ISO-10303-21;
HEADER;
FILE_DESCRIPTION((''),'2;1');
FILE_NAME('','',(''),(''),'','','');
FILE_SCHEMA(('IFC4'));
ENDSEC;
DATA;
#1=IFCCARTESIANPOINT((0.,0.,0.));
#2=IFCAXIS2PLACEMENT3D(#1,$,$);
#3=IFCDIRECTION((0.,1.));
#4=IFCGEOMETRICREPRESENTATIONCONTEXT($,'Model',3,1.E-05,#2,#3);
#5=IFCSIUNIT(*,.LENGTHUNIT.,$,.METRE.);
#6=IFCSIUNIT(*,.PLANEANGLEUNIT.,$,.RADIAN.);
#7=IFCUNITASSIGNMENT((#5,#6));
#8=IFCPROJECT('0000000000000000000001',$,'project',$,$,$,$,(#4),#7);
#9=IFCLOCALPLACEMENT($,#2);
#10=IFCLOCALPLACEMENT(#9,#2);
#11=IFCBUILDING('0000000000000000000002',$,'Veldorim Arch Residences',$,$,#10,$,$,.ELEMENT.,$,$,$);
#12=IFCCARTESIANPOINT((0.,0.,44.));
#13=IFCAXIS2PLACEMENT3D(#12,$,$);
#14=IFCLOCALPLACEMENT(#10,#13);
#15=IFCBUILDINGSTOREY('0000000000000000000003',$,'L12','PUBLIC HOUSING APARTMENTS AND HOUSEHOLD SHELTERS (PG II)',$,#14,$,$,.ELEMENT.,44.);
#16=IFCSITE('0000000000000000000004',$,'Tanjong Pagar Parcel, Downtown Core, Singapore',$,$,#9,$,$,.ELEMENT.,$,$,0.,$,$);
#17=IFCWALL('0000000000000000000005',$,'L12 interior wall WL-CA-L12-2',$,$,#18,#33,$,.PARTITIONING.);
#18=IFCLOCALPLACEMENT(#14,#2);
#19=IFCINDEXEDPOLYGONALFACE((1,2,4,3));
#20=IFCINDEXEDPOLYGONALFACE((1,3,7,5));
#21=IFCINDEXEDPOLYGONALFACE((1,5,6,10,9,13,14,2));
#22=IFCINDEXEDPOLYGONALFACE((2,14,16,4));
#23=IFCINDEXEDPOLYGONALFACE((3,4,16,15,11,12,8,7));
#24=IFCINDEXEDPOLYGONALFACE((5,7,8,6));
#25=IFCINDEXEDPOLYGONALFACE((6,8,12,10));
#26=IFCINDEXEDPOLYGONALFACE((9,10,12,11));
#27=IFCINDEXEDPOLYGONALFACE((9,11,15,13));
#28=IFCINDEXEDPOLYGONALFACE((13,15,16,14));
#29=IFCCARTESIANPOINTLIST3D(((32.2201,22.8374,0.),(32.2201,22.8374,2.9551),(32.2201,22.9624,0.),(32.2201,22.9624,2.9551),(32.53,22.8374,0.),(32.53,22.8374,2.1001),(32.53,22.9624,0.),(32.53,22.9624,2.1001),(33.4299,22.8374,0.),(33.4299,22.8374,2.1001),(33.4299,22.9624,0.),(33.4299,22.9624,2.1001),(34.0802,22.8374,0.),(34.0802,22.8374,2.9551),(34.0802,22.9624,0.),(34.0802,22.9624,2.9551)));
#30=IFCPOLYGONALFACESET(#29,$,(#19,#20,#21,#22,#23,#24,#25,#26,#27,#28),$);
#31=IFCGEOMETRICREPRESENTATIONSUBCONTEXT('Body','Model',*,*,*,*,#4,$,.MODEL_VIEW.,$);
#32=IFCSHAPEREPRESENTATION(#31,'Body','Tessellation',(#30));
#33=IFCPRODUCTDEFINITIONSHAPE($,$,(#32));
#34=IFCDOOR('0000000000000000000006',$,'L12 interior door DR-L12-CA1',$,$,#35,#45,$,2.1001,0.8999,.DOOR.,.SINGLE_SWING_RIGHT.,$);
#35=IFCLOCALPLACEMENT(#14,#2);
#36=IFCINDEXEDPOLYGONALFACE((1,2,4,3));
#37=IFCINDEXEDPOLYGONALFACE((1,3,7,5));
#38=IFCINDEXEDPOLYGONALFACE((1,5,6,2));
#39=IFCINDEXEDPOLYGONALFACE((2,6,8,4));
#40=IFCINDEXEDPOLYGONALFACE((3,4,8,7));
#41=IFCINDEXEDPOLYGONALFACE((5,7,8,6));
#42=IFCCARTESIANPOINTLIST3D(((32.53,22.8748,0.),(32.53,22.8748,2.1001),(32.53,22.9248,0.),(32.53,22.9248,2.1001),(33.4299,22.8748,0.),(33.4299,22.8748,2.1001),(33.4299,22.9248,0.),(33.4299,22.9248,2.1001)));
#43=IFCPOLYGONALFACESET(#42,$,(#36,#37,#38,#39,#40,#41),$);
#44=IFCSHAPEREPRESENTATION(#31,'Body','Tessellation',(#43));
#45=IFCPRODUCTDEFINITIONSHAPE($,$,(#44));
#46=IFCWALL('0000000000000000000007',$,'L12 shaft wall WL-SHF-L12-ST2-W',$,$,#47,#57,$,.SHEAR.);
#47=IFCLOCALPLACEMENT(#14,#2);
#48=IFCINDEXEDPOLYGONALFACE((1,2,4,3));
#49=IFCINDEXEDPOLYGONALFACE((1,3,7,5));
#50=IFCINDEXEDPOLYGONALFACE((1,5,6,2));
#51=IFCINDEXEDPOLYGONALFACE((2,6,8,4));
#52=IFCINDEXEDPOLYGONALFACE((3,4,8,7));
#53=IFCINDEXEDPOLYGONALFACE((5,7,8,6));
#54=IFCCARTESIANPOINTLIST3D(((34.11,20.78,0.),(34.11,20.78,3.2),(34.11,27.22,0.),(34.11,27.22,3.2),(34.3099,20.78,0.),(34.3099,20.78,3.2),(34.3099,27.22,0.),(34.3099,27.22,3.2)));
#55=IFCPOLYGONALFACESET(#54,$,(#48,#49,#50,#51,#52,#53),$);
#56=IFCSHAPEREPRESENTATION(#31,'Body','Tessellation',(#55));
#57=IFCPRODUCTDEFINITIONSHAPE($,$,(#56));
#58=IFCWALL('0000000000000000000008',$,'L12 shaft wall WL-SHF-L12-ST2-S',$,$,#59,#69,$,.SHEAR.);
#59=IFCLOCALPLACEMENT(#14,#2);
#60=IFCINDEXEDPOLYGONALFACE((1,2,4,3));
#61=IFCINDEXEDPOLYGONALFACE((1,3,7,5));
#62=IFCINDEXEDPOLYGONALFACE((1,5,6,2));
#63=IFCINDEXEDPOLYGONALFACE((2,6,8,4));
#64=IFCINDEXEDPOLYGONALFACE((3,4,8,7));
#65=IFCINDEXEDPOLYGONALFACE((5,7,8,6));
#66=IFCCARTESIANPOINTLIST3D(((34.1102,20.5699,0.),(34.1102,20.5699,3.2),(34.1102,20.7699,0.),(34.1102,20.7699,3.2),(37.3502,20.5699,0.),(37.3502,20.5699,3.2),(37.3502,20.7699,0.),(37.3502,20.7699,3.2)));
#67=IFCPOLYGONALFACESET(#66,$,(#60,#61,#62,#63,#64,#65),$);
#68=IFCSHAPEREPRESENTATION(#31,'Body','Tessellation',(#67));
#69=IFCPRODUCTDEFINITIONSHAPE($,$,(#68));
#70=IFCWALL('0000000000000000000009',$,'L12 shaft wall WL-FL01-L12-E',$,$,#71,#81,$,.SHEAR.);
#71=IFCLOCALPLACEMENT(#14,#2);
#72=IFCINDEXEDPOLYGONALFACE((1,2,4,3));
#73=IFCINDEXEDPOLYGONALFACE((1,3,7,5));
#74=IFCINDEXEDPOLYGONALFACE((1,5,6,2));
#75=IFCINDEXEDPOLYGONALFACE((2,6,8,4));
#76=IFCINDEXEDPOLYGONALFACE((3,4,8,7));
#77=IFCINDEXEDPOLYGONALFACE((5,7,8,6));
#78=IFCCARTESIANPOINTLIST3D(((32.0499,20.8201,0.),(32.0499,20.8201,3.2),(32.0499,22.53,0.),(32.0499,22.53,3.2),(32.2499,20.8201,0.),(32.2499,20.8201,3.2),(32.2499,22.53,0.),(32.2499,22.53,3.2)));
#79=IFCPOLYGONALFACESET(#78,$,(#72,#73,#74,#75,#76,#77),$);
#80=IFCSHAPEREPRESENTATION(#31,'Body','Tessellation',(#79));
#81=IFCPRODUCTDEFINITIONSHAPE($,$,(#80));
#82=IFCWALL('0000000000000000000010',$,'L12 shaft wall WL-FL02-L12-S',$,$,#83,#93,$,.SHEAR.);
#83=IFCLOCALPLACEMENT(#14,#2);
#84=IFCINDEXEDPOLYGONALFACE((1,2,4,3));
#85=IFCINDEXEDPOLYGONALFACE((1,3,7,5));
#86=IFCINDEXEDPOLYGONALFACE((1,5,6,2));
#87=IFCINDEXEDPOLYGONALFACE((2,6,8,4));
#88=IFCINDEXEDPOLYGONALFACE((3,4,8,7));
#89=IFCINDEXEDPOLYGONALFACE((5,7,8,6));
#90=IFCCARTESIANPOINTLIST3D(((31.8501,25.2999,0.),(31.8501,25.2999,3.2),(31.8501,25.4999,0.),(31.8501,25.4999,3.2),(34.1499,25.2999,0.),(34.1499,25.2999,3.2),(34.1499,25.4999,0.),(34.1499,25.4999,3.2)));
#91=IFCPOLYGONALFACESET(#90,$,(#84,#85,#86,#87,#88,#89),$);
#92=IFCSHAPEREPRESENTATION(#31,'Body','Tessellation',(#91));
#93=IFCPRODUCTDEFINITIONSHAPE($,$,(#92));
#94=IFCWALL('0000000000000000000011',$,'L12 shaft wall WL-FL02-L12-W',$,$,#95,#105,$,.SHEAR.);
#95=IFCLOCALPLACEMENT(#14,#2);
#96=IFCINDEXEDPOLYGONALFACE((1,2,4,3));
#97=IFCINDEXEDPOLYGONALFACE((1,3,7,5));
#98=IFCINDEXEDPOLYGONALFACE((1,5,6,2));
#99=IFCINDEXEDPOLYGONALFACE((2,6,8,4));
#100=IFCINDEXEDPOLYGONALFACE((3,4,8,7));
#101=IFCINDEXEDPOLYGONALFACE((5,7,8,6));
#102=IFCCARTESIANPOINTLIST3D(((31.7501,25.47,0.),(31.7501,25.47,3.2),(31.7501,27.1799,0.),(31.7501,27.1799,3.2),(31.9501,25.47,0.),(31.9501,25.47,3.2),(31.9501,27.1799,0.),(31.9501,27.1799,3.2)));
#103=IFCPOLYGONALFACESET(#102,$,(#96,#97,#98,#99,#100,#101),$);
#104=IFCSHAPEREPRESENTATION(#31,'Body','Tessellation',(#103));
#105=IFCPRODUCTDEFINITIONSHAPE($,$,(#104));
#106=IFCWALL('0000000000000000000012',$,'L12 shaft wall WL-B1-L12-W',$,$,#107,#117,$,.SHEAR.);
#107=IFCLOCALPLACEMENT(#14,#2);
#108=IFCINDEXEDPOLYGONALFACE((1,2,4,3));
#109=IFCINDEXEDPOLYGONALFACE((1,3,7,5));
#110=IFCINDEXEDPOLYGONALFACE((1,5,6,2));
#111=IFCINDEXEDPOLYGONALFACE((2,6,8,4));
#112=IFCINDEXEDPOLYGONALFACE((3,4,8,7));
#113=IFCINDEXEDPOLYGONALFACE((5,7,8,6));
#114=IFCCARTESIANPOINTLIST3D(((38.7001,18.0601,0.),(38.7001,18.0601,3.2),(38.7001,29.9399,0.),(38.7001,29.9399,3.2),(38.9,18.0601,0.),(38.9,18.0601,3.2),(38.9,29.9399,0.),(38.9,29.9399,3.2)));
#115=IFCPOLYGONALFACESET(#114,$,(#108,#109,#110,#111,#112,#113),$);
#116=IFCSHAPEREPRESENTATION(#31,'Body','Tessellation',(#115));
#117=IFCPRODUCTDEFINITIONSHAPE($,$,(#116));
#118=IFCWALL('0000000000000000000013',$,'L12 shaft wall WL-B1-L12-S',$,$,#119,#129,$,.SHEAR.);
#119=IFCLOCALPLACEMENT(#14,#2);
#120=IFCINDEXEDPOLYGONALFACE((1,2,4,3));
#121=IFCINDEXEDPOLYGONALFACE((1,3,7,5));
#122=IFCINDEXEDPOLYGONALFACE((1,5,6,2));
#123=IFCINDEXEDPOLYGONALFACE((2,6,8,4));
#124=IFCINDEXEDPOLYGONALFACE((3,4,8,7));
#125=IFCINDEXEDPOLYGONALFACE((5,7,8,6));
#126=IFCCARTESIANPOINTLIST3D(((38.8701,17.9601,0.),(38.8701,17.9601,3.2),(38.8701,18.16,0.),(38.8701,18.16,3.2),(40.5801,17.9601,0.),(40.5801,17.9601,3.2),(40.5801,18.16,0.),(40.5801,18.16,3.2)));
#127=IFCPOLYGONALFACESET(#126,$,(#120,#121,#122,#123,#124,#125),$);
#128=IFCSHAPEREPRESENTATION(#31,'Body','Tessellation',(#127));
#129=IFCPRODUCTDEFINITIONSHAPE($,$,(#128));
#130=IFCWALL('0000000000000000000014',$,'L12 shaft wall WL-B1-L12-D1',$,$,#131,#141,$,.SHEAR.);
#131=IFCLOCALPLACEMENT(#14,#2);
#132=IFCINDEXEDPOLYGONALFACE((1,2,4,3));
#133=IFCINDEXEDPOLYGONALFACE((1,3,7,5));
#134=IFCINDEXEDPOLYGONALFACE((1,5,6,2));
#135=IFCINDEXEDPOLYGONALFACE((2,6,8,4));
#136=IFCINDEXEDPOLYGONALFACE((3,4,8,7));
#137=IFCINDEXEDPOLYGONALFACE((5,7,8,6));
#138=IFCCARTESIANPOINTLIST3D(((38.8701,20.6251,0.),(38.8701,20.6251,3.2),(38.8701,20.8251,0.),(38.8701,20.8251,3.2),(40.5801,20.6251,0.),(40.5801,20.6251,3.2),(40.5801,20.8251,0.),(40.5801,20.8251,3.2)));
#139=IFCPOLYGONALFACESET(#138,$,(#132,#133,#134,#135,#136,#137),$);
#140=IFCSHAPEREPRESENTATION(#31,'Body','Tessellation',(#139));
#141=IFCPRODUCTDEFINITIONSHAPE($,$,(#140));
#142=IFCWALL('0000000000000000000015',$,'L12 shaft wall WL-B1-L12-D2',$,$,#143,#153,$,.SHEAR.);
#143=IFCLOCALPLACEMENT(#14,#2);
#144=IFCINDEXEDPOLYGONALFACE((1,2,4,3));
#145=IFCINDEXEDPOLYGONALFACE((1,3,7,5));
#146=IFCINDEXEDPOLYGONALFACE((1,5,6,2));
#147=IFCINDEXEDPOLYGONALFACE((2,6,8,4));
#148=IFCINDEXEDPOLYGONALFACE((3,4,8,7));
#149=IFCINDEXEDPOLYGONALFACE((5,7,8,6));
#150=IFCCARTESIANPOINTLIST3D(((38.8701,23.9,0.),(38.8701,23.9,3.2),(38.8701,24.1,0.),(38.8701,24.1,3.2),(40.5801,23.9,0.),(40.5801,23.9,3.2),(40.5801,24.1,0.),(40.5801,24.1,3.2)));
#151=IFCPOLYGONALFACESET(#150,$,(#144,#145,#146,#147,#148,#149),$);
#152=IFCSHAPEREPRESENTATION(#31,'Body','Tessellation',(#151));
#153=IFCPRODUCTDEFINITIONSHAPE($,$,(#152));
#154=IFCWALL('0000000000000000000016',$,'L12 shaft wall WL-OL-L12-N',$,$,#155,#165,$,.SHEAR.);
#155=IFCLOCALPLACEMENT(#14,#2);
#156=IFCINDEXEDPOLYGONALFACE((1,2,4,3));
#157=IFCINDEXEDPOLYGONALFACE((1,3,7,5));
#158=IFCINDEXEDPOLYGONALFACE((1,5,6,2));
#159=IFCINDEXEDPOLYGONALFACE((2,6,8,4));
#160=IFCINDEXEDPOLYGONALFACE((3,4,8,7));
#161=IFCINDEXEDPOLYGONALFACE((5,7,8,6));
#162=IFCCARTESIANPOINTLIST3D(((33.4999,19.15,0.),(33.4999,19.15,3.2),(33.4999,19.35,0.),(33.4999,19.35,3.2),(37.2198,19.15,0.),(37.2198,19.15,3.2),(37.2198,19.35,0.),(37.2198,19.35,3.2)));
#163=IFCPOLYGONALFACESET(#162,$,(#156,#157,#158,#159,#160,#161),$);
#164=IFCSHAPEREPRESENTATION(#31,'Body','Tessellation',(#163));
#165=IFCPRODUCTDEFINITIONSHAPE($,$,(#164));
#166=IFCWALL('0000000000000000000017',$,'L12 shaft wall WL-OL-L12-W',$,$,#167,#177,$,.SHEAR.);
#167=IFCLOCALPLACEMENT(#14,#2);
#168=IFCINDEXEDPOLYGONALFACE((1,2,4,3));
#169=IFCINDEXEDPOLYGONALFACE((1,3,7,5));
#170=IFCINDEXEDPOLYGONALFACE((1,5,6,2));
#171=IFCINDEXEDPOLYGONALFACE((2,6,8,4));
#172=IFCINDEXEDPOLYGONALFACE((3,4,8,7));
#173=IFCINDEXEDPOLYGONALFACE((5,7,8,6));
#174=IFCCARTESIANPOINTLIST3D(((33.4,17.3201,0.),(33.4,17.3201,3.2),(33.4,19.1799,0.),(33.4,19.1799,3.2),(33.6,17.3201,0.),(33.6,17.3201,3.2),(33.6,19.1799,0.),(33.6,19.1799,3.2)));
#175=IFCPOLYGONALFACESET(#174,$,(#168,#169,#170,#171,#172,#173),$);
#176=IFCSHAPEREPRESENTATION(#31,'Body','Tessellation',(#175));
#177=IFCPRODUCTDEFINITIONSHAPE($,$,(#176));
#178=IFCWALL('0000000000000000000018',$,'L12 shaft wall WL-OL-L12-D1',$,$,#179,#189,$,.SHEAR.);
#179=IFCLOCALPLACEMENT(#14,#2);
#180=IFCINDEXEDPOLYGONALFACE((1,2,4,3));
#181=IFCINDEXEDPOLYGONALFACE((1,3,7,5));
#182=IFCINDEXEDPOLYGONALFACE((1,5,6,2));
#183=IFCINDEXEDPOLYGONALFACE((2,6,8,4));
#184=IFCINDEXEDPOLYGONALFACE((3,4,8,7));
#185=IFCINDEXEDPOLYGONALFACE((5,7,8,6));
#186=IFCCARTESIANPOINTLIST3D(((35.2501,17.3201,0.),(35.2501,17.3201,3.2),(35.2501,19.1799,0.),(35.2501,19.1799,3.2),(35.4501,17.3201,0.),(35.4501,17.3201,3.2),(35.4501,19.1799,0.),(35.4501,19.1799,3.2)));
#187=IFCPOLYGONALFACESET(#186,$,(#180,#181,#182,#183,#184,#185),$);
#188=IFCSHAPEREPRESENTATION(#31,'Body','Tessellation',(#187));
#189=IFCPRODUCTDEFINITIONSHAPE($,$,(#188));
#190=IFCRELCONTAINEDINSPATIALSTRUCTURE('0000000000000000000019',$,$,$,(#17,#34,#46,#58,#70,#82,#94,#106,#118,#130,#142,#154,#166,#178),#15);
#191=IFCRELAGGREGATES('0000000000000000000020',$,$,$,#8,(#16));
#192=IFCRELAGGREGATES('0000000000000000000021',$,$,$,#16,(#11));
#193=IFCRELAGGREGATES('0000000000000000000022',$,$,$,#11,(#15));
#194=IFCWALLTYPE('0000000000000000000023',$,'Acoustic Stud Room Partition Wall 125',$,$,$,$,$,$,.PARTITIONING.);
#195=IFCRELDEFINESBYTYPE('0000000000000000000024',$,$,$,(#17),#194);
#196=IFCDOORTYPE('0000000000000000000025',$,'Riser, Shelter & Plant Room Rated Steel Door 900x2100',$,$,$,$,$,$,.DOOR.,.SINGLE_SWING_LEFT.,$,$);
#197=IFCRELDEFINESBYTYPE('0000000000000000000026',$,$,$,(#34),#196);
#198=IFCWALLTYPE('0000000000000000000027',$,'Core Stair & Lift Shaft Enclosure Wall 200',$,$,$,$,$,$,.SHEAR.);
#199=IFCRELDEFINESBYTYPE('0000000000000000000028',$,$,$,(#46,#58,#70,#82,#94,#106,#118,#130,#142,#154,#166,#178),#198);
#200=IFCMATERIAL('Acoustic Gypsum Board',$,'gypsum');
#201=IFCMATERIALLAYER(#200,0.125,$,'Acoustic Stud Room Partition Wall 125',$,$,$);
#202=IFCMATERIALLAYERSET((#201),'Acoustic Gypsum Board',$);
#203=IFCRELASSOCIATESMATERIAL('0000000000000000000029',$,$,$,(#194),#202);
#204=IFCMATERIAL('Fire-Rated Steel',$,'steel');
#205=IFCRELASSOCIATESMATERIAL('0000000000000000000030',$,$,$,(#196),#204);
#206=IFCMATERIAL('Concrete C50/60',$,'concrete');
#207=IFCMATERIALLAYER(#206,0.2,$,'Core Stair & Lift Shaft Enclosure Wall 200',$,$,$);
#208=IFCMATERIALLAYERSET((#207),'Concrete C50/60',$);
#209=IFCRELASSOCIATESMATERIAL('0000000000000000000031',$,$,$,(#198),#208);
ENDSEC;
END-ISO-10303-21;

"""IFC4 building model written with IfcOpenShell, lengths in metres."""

from ifc_helpers import new_model, si_unit, direction, frame, frame_2d, origin, place, context, subcontext, project, spatial, rectangle, extrude, material, layer, layer_set, type_object, element, fill, save


model = new_model("IFC4")

# Units and contexts
model_context = context("Model", 3, precision=1e-05, world=origin(), true_north=direction((0.0, 1.0)))
body_context = subcontext(model_context, "Body", "Model", "MODEL_VIEW")
ifc_project = project(units=[si_unit("LENGTHUNIT", "METRE"), si_unit("PLANEANGLEUNIT", "RADIAN")], contexts=[model_context])

# Site, building, storey
site_placement = place(None, origin())
site = spatial("IfcSite", under=ifc_project, at=site_placement, Name="Tanjong Pagar Parcel, Downtown Core, Singapore", CompositionType="ELEMENT", RefElevation=0.0)
building_placement = place(site_placement, origin())
building = spatial("IfcBuilding", under=site, at=building_placement, Name="Veldorim Arch Residences", CompositionType="ELEMENT")
storey_placement = place(building_placement, frame((0.0, 0.0, 44.0)))
storey = spatial("IfcBuildingStorey", under=building, at=storey_placement, Name="L12", Description="PUBLIC HOUSING APARTMENTS AND HOUSEHOLD SHELTERS (PG II)", CompositionType="ELEMENT", Elevation=44.0)

# Wall, opening, door
ifc_material_1 = material(Name="Acoustic Gypsum Board", Category="gypsum")
ifc_layer_1 = layer(ifc_material_1, 0.125, Name="Acoustic Stud Room Partition Wall 125")
ifc_layer_set_1 = layer_set([ifc_layer_1], Name="Acoustic Gypsum Board")
wall_type_1 = type_object("IfcWallType", Name="Acoustic Stud Room Partition Wall 125", PredefinedType="PARTITIONING", material=ifc_layer_set_1)
wall_1_placement = place(storey_placement, frame((32.22, 22.8999, 0.0), z_axis=(0.0, 0.0, 1.0), x_axis=(1.0, 0.0, 0.0)))
wall_1 = element("IfcWall", 1, at=wall_1_placement, inside=storey, type_object=wall_type_1, Name="L12 interior wall WL-CA-L12-2", PredefinedType="PARTITIONING", context=body_context, shape_type="SweptSolid", body=[
    extrude(rectangle(XDim=1.8601, YDim=0.125, at=frame_2d((0.9302, 0.0))), origin(), (0.0, 0.0, 1.0), 2.9551),
])
opening_placement = place(wall_1_placement, frame((0.3101, 0.0, 0.0)))
opening = element("IfcOpeningElement", 2, at=opening_placement, cuts=wall_1, PredefinedType="OPENING", context=body_context, shape_type="SweptSolid", body=[
    extrude(rectangle(XDim=0.8999, YDim=2.1001, at=frame_2d((0.45, 1.05))), frame((0.0, 0.0725, 0.0), z_axis=(0.0, -1.0, 0.0), x_axis=(1.0, 0.0, 0.0)), (0.0, 0.0, 1.0), 0.145),
])
ifc_material_2 = material(Name="Fire-Rated Steel", Category="steel")
door_type = type_object("IfcDoorType", Name="Riser, Shelter & Plant Room Rated Steel Door 900x2100", OperationType="SINGLE_SWING_LEFT", PredefinedType="DOOR", material=ifc_material_2)
door_placement = place(opening_placement, origin())
door = element("IfcDoor", 3, at=door_placement, inside=storey, type_object=door_type, Name="L12 interior door DR-L12-CA1", OperationType="SINGLE_SWING_RIGHT", OverallHeight=2.1001, OverallWidth=0.8999, PredefinedType="DOOR", context=body_context, shape_type="SweptSolid", body=[
    extrude(rectangle(XDim=0.8999, YDim=2.1001, at=frame_2d((0.45, 1.05))), frame((0.0, 0.0249, 0.0), z_axis=(0.0, -1.0, 0.0), x_axis=(1.0, 0.0, 0.0)), (0.0, 0.0, 1.0), 0.05),
])
fill(opening, door)

# Walls
ifc_material_3 = material(Name="Concrete C50/60", Category="concrete")
ifc_layer_2 = layer(ifc_material_3, 0.2, Name="Core Stair & Lift Shaft Enclosure Wall 200")
ifc_layer_set_2 = layer_set([ifc_layer_2], Name="Concrete C50/60")
wall_type_2 = type_object("IfcWallType", Name="Core Stair & Lift Shaft Enclosure Wall 200", PredefinedType="SHEAR", material=ifc_layer_set_2)
wall_2_placement = place(storey_placement, frame((34.21, 20.78, 0.0), z_axis=(0.0, 0.0, 1.0), x_axis=(0.0, 1.0, 0.0)))
element("IfcWall", 4, at=wall_2_placement, inside=storey, type_object=wall_type_2, Name="L12 shaft wall WL-SHF-L12-ST2-W", PredefinedType="SHEAR", context=body_context, shape_type="SweptSolid", body=[
    extrude(rectangle(XDim=6.4399, YDim=0.2, at=frame_2d((3.22, 0.0))), origin(), (0.0, 0.0, 1.0), 3.2),
])
wall_3_placement = place(storey_placement, frame((34.1101, 20.6699, 0.0), z_axis=(0.0, 0.0, 1.0), x_axis=(1.0, 0.0, 0.0)))
element("IfcWall", 5, at=wall_3_placement, inside=storey, type_object=wall_type_2, Name="L12 shaft wall WL-SHF-L12-ST2-S", PredefinedType="SHEAR", context=body_context, shape_type="SweptSolid", body=[
    extrude(rectangle(XDim=3.24, YDim=0.2, at=frame_2d((1.6201, 0.0))), origin(), (0.0, 0.0, 1.0), 3.2),
])
wall_4_placement = place(storey_placement, frame((32.1499, 20.8201, 0.0), z_axis=(0.0, 0.0, 1.0), x_axis=(0.0, 1.0, 0.0)))
element("IfcWall", 6, at=wall_4_placement, inside=storey, type_object=wall_type_2, Name="L12 shaft wall WL-FL01-L12-E", PredefinedType="SHEAR", context=body_context, shape_type="SweptSolid", body=[
    extrude(rectangle(XDim=1.71, YDim=0.2, at=frame_2d((0.855, 0.0))), origin(), (0.0, 0.0, 1.0), 3.2),
])
wall_5_placement = place(storey_placement, frame((31.8501, 25.3999, 0.0), z_axis=(0.0, 0.0, 1.0), x_axis=(1.0, 0.0, 0.0)))
element("IfcWall", 7, at=wall_5_placement, inside=storey, type_object=wall_type_2, Name="L12 shaft wall WL-FL02-L12-S", PredefinedType="SHEAR", context=body_context, shape_type="SweptSolid", body=[
    extrude(rectangle(XDim=2.2998, YDim=0.2, at=frame_2d((1.1499, 0.0))), origin(), (0.0, 0.0, 1.0), 3.2),
])
wall_6_placement = place(storey_placement, frame((31.8501, 25.47, 0.0), z_axis=(0.0, 0.0, 1.0), x_axis=(0.0, 1.0, 0.0)))
element("IfcWall", 8, at=wall_6_placement, inside=storey, type_object=wall_type_2, Name="L12 shaft wall WL-FL02-L12-W", PredefinedType="SHEAR", context=body_context, shape_type="SweptSolid", body=[
    extrude(rectangle(XDim=1.71, YDim=0.2, at=frame_2d((0.855, 0.0))), origin(), (0.0, 0.0, 1.0), 3.2),
])
wall_7_placement = place(storey_placement, frame((38.8, 18.0601, 0.0), z_axis=(0.0, 0.0, 1.0), x_axis=(0.0, 1.0, 0.0)))
element("IfcWall", 9, at=wall_7_placement, inside=storey, type_object=wall_type_2, Name="L12 shaft wall WL-B1-L12-W", PredefinedType="SHEAR", context=body_context, shape_type="SweptSolid", body=[
    extrude(rectangle(XDim=11.8799, YDim=0.2, at=frame_2d((5.9399, 0.0))), origin(), (0.0, 0.0, 1.0), 3.2),
])
for number, where, z_axis, x_axis, name in (
    (10, (38.8701, 18.0601, 0.0), (0.0, 0.0, 1.0), (1.0, 0.0, 0.0), "L12 shaft wall WL-B1-L12-S"),
    (11, (38.8701, 20.7251, 0.0), (0.0, 0.0, 1.0), (1.0, 0.0, 0.0), "L12 shaft wall WL-B1-L12-D1"),
    (12, (38.8701, 24.0, 0.0), (0.0, 0.0, 1.0), (1.0, 0.0, 0.0), "L12 shaft wall WL-B1-L12-D2"),
):
    element("IfcWall", number, at=place(storey_placement, frame(where, z_axis=z_axis, x_axis=x_axis)), inside=storey, type_object=wall_type_2, Name=name, PredefinedType="SHEAR", context=body_context, shape_type="SweptSolid", body=[
        extrude(rectangle(XDim=1.71, YDim=0.2, at=frame_2d((0.855, 0.0))), origin(), (0.0, 0.0, 1.0), 3.2),
    ])
wall_8_placement = place(storey_placement, frame((33.5, 19.25, 0.0), z_axis=(0.0, 0.0, 1.0), x_axis=(1.0, 0.0, 0.0)))
element("IfcWall", 13, at=wall_8_placement, inside=storey, type_object=wall_type_2, Name="L12 shaft wall WL-OL-L12-N", PredefinedType="SHEAR", context=body_context, shape_type="SweptSolid", body=[
    extrude(rectangle(XDim=3.72, YDim=0.2, at=frame_2d((1.8599, 0.0))), origin(), (0.0, 0.0, 1.0), 3.2),
])
for number, where, z_axis, x_axis, name in (
    (14, (33.5, 17.3201, 0.0), (0.0, 0.0, 1.0), (0.0, 1.0, 0.0), "L12 shaft wall WL-OL-L12-W"),
    (15, (35.3501, 17.3201, 0.0), (0.0, 0.0, 1.0), (0.0, 1.0, 0.0), "L12 shaft wall WL-OL-L12-D1"),
):
    element("IfcWall", number, at=place(storey_placement, frame(where, z_axis=z_axis, x_axis=x_axis)), inside=storey, type_object=wall_type_2, Name=name, PredefinedType="SHEAR", context=body_context, shape_type="SweptSolid", body=[
        extrude(rectangle(XDim=1.8599, YDim=0.2, at=frame_2d((0.9299, 0.0))), origin(), (0.0, 0.0, 1.0), 3.2),
    ])

save(model, "model.ifc")
